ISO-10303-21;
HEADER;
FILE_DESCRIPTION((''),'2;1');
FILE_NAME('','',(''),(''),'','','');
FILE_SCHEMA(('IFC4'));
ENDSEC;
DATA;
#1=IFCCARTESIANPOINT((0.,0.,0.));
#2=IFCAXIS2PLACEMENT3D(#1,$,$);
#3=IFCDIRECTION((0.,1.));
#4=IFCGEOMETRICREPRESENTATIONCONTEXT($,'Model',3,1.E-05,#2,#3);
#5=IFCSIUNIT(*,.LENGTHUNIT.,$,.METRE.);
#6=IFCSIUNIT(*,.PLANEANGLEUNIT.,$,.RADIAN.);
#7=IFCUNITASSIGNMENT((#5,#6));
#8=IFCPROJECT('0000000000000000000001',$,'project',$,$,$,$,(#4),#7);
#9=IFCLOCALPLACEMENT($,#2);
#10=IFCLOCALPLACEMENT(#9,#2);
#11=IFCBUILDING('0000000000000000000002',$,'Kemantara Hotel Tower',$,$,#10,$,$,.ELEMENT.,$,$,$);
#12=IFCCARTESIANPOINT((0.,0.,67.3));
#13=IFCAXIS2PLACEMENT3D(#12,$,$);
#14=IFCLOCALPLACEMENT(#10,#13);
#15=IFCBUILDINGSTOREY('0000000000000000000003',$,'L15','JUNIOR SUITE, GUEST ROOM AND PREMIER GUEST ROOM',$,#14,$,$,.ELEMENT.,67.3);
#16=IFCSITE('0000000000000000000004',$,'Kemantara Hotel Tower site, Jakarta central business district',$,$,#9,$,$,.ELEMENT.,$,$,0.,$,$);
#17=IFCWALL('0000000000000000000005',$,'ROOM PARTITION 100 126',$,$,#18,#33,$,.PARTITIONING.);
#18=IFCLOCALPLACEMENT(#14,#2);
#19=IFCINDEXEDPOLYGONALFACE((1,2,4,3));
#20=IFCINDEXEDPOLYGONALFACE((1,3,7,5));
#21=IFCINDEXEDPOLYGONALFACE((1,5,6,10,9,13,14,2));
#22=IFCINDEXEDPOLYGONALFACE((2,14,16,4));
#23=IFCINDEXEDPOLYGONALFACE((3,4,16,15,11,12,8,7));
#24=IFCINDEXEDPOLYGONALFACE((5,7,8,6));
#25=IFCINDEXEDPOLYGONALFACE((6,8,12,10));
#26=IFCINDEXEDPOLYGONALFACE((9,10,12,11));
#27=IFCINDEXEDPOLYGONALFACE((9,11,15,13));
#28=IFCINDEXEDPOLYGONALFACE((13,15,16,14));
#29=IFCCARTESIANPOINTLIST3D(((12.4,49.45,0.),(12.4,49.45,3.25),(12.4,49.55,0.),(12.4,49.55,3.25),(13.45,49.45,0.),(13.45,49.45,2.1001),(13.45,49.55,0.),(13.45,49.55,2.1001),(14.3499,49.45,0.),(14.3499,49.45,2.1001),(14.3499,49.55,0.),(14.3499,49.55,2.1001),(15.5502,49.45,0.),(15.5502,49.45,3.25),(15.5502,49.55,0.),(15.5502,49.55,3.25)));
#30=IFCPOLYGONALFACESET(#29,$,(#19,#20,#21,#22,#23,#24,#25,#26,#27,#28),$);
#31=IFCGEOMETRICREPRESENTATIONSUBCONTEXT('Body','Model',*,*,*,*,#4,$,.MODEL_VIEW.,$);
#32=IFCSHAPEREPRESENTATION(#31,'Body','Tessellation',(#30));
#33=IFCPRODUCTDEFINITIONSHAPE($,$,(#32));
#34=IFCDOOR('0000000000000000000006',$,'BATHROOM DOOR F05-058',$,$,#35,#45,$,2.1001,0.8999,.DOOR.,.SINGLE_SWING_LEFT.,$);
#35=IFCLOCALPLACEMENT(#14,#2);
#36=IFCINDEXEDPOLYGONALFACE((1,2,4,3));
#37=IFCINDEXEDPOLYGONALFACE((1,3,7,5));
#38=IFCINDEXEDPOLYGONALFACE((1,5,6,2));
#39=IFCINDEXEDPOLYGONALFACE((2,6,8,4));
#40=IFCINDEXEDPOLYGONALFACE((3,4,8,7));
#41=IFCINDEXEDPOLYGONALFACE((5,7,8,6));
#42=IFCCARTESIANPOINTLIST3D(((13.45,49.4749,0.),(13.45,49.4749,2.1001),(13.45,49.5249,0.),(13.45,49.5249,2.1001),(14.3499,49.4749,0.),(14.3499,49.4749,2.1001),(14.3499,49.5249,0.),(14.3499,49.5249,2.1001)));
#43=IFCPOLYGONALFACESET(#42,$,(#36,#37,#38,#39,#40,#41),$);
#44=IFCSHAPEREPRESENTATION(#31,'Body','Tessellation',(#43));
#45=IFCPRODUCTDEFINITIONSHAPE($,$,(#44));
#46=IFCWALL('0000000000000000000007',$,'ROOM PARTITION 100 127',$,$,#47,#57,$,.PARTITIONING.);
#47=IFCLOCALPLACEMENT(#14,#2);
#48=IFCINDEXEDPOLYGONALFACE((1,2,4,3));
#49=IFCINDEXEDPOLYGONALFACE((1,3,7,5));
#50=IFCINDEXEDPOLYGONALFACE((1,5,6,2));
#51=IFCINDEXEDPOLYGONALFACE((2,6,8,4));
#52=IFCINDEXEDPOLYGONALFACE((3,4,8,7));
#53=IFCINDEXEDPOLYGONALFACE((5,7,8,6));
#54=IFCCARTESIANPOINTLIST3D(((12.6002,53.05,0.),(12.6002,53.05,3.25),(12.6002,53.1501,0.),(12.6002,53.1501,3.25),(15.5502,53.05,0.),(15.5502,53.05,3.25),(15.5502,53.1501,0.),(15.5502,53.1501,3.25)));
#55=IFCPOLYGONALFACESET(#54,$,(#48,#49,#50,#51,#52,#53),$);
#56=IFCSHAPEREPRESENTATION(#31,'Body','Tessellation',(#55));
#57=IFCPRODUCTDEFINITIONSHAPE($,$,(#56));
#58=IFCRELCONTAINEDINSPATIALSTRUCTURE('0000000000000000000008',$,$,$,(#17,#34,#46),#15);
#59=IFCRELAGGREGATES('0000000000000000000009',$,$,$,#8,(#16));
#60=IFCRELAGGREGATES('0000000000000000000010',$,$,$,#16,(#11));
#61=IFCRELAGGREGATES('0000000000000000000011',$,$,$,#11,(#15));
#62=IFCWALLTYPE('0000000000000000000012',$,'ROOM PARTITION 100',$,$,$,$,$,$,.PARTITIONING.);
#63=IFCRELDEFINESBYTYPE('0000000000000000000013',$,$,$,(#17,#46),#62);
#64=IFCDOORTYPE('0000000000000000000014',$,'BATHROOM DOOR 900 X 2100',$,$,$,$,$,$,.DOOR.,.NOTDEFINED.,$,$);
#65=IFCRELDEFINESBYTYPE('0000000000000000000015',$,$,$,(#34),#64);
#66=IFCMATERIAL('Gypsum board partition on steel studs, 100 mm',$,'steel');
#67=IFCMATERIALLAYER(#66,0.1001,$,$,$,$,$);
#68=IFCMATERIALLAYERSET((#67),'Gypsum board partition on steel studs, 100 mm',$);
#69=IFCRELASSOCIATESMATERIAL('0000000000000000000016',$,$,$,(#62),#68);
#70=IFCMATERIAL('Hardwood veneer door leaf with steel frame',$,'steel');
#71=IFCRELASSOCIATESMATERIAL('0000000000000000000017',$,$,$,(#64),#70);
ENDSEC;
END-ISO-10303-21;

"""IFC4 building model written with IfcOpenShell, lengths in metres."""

from ifc_helpers import new_model, si_unit, direction, frame, frame_2d, origin, place, context, subcontext, project, spatial, rectangle, extrude, material, layer, layer_set, type_object, element, fill, save


model = new_model("IFC4")

# Units and contexts
model_context = context("Model", 3, precision=1e-05, world=origin(), true_north=direction((0.0, 1.0)))
body_context = subcontext(model_context, "Body", "Model", "MODEL_VIEW")
ifc_project = project(units=[si_unit("LENGTHUNIT", "METRE"), si_unit("PLANEANGLEUNIT", "RADIAN")], contexts=[model_context])

# Site, building, storey
site_placement = place(None, origin())
site = spatial("IfcSite", under=ifc_project, at=site_placement, Name="Kemantara Hotel Tower site, Jakarta central business district", CompositionType="ELEMENT", RefElevation=0.0)
building_placement = place(site_placement, origin())
building = spatial("IfcBuilding", under=site, at=building_placement, Name="Kemantara Hotel Tower", CompositionType="ELEMENT")
storey_placement = place(building_placement, frame((0.0, 0.0, 67.3)))
storey = spatial("IfcBuildingStorey", under=building, at=storey_placement, Name="L15", Description="JUNIOR SUITE, GUEST ROOM AND PREMIER GUEST ROOM", CompositionType="ELEMENT", Elevation=67.3)

# Shared definitions
ifc_material_1 = material(Name="Hardwood veneer door leaf with steel frame", Category="steel")

# Shared definitions
ifc_material_2 = material(Name="Gypsum board partition on steel studs, 100 mm", Category="steel")
ifc_layer_1 = layer(ifc_material_2, 0.1001)
ifc_layer_set_1 = layer_set([ifc_layer_1], Name="Gypsum board partition on steel studs, 100 mm")
wall_type_1 = type_object("IfcWallType", Name="ROOM PARTITION 100", PredefinedType="PARTITIONING", material=ifc_layer_set_1)

# Wall, opening, door
wall_1_placement = place(storey_placement, frame((12.3999, 49.5, 0.0), z_axis=(0.0, 0.0, 1.0), x_axis=(1.0, 0.0, 0.0)))
wall_1 = element("IfcWall", 1, at=wall_1_placement, inside=storey, type_object=wall_type_1, Name="ROOM PARTITION 100 126", PredefinedType="PARTITIONING", context=body_context, shape_type="SweptSolid", body=[
    extrude(rectangle(XDim=3.1501, YDim=0.1001, at=frame_2d((1.5752, 0.0))), origin(), (0.0, 0.0, 1.0), 3.25),
])
opening_1_placement = place(wall_1_placement, frame((1.05, 0.0, 0.0)))
opening_1 = element("IfcOpeningElement", 2, at=opening_1_placement, cuts=wall_1, PredefinedType="OPENING", context=body_context, shape_type="SweptSolid", body=[
    extrude(rectangle(XDim=0.8999, YDim=2.1001, at=frame_2d((0.45, 1.05))), frame((0.0, 0.0601, 0.0), z_axis=(0.0, -1.0, 0.0), x_axis=(1.0, 0.0, 0.0)), (0.0, 0.0, 1.0), 0.1201),
])
door_type_1 = type_object("IfcDoorType", Name="BATHROOM DOOR 900 X 2100", OperationType="NOTDEFINED", PredefinedType="DOOR", material=ifc_material_1)
door_1_placement = place(opening_1_placement, origin())
door_1 = element("IfcDoor", 3, at=door_1_placement, inside=storey, type_object=door_type_1, Name="BATHROOM DOOR F05-058", OperationType="SINGLE_SWING_LEFT", OverallHeight=2.1001, OverallWidth=0.8999, PredefinedType="DOOR", context=body_context, shape_type="SweptSolid", body=[
    extrude(rectangle(XDim=0.8999, YDim=2.1001, at=frame_2d((0.45, 1.05))), frame((0.0, 0.0249, 0.0), z_axis=(0.0, -1.0, 0.0), x_axis=(1.0, 0.0, 0.0)), (0.0, 0.0, 1.0), 0.05),
])
fill(opening_1, door_1)

# Wall
wall_2_placement = place(storey_placement, frame((12.6001, 53.1001, 0.0), z_axis=(0.0, 0.0, 1.0), x_axis=(1.0, 0.0, 0.0)))
element("IfcWall", 4, at=wall_2_placement, inside=storey, type_object=wall_type_1, Name="ROOM PARTITION 100 127", PredefinedType="PARTITIONING", context=body_context, shape_type="SweptSolid", body=[
    extrude(rectangle(XDim=2.95, YDim=0.1001, at=frame_2d((1.4751, 0.0))), origin(), (0.0, 0.0, 1.0), 3.25),
])

save(model, "model.ifc")
